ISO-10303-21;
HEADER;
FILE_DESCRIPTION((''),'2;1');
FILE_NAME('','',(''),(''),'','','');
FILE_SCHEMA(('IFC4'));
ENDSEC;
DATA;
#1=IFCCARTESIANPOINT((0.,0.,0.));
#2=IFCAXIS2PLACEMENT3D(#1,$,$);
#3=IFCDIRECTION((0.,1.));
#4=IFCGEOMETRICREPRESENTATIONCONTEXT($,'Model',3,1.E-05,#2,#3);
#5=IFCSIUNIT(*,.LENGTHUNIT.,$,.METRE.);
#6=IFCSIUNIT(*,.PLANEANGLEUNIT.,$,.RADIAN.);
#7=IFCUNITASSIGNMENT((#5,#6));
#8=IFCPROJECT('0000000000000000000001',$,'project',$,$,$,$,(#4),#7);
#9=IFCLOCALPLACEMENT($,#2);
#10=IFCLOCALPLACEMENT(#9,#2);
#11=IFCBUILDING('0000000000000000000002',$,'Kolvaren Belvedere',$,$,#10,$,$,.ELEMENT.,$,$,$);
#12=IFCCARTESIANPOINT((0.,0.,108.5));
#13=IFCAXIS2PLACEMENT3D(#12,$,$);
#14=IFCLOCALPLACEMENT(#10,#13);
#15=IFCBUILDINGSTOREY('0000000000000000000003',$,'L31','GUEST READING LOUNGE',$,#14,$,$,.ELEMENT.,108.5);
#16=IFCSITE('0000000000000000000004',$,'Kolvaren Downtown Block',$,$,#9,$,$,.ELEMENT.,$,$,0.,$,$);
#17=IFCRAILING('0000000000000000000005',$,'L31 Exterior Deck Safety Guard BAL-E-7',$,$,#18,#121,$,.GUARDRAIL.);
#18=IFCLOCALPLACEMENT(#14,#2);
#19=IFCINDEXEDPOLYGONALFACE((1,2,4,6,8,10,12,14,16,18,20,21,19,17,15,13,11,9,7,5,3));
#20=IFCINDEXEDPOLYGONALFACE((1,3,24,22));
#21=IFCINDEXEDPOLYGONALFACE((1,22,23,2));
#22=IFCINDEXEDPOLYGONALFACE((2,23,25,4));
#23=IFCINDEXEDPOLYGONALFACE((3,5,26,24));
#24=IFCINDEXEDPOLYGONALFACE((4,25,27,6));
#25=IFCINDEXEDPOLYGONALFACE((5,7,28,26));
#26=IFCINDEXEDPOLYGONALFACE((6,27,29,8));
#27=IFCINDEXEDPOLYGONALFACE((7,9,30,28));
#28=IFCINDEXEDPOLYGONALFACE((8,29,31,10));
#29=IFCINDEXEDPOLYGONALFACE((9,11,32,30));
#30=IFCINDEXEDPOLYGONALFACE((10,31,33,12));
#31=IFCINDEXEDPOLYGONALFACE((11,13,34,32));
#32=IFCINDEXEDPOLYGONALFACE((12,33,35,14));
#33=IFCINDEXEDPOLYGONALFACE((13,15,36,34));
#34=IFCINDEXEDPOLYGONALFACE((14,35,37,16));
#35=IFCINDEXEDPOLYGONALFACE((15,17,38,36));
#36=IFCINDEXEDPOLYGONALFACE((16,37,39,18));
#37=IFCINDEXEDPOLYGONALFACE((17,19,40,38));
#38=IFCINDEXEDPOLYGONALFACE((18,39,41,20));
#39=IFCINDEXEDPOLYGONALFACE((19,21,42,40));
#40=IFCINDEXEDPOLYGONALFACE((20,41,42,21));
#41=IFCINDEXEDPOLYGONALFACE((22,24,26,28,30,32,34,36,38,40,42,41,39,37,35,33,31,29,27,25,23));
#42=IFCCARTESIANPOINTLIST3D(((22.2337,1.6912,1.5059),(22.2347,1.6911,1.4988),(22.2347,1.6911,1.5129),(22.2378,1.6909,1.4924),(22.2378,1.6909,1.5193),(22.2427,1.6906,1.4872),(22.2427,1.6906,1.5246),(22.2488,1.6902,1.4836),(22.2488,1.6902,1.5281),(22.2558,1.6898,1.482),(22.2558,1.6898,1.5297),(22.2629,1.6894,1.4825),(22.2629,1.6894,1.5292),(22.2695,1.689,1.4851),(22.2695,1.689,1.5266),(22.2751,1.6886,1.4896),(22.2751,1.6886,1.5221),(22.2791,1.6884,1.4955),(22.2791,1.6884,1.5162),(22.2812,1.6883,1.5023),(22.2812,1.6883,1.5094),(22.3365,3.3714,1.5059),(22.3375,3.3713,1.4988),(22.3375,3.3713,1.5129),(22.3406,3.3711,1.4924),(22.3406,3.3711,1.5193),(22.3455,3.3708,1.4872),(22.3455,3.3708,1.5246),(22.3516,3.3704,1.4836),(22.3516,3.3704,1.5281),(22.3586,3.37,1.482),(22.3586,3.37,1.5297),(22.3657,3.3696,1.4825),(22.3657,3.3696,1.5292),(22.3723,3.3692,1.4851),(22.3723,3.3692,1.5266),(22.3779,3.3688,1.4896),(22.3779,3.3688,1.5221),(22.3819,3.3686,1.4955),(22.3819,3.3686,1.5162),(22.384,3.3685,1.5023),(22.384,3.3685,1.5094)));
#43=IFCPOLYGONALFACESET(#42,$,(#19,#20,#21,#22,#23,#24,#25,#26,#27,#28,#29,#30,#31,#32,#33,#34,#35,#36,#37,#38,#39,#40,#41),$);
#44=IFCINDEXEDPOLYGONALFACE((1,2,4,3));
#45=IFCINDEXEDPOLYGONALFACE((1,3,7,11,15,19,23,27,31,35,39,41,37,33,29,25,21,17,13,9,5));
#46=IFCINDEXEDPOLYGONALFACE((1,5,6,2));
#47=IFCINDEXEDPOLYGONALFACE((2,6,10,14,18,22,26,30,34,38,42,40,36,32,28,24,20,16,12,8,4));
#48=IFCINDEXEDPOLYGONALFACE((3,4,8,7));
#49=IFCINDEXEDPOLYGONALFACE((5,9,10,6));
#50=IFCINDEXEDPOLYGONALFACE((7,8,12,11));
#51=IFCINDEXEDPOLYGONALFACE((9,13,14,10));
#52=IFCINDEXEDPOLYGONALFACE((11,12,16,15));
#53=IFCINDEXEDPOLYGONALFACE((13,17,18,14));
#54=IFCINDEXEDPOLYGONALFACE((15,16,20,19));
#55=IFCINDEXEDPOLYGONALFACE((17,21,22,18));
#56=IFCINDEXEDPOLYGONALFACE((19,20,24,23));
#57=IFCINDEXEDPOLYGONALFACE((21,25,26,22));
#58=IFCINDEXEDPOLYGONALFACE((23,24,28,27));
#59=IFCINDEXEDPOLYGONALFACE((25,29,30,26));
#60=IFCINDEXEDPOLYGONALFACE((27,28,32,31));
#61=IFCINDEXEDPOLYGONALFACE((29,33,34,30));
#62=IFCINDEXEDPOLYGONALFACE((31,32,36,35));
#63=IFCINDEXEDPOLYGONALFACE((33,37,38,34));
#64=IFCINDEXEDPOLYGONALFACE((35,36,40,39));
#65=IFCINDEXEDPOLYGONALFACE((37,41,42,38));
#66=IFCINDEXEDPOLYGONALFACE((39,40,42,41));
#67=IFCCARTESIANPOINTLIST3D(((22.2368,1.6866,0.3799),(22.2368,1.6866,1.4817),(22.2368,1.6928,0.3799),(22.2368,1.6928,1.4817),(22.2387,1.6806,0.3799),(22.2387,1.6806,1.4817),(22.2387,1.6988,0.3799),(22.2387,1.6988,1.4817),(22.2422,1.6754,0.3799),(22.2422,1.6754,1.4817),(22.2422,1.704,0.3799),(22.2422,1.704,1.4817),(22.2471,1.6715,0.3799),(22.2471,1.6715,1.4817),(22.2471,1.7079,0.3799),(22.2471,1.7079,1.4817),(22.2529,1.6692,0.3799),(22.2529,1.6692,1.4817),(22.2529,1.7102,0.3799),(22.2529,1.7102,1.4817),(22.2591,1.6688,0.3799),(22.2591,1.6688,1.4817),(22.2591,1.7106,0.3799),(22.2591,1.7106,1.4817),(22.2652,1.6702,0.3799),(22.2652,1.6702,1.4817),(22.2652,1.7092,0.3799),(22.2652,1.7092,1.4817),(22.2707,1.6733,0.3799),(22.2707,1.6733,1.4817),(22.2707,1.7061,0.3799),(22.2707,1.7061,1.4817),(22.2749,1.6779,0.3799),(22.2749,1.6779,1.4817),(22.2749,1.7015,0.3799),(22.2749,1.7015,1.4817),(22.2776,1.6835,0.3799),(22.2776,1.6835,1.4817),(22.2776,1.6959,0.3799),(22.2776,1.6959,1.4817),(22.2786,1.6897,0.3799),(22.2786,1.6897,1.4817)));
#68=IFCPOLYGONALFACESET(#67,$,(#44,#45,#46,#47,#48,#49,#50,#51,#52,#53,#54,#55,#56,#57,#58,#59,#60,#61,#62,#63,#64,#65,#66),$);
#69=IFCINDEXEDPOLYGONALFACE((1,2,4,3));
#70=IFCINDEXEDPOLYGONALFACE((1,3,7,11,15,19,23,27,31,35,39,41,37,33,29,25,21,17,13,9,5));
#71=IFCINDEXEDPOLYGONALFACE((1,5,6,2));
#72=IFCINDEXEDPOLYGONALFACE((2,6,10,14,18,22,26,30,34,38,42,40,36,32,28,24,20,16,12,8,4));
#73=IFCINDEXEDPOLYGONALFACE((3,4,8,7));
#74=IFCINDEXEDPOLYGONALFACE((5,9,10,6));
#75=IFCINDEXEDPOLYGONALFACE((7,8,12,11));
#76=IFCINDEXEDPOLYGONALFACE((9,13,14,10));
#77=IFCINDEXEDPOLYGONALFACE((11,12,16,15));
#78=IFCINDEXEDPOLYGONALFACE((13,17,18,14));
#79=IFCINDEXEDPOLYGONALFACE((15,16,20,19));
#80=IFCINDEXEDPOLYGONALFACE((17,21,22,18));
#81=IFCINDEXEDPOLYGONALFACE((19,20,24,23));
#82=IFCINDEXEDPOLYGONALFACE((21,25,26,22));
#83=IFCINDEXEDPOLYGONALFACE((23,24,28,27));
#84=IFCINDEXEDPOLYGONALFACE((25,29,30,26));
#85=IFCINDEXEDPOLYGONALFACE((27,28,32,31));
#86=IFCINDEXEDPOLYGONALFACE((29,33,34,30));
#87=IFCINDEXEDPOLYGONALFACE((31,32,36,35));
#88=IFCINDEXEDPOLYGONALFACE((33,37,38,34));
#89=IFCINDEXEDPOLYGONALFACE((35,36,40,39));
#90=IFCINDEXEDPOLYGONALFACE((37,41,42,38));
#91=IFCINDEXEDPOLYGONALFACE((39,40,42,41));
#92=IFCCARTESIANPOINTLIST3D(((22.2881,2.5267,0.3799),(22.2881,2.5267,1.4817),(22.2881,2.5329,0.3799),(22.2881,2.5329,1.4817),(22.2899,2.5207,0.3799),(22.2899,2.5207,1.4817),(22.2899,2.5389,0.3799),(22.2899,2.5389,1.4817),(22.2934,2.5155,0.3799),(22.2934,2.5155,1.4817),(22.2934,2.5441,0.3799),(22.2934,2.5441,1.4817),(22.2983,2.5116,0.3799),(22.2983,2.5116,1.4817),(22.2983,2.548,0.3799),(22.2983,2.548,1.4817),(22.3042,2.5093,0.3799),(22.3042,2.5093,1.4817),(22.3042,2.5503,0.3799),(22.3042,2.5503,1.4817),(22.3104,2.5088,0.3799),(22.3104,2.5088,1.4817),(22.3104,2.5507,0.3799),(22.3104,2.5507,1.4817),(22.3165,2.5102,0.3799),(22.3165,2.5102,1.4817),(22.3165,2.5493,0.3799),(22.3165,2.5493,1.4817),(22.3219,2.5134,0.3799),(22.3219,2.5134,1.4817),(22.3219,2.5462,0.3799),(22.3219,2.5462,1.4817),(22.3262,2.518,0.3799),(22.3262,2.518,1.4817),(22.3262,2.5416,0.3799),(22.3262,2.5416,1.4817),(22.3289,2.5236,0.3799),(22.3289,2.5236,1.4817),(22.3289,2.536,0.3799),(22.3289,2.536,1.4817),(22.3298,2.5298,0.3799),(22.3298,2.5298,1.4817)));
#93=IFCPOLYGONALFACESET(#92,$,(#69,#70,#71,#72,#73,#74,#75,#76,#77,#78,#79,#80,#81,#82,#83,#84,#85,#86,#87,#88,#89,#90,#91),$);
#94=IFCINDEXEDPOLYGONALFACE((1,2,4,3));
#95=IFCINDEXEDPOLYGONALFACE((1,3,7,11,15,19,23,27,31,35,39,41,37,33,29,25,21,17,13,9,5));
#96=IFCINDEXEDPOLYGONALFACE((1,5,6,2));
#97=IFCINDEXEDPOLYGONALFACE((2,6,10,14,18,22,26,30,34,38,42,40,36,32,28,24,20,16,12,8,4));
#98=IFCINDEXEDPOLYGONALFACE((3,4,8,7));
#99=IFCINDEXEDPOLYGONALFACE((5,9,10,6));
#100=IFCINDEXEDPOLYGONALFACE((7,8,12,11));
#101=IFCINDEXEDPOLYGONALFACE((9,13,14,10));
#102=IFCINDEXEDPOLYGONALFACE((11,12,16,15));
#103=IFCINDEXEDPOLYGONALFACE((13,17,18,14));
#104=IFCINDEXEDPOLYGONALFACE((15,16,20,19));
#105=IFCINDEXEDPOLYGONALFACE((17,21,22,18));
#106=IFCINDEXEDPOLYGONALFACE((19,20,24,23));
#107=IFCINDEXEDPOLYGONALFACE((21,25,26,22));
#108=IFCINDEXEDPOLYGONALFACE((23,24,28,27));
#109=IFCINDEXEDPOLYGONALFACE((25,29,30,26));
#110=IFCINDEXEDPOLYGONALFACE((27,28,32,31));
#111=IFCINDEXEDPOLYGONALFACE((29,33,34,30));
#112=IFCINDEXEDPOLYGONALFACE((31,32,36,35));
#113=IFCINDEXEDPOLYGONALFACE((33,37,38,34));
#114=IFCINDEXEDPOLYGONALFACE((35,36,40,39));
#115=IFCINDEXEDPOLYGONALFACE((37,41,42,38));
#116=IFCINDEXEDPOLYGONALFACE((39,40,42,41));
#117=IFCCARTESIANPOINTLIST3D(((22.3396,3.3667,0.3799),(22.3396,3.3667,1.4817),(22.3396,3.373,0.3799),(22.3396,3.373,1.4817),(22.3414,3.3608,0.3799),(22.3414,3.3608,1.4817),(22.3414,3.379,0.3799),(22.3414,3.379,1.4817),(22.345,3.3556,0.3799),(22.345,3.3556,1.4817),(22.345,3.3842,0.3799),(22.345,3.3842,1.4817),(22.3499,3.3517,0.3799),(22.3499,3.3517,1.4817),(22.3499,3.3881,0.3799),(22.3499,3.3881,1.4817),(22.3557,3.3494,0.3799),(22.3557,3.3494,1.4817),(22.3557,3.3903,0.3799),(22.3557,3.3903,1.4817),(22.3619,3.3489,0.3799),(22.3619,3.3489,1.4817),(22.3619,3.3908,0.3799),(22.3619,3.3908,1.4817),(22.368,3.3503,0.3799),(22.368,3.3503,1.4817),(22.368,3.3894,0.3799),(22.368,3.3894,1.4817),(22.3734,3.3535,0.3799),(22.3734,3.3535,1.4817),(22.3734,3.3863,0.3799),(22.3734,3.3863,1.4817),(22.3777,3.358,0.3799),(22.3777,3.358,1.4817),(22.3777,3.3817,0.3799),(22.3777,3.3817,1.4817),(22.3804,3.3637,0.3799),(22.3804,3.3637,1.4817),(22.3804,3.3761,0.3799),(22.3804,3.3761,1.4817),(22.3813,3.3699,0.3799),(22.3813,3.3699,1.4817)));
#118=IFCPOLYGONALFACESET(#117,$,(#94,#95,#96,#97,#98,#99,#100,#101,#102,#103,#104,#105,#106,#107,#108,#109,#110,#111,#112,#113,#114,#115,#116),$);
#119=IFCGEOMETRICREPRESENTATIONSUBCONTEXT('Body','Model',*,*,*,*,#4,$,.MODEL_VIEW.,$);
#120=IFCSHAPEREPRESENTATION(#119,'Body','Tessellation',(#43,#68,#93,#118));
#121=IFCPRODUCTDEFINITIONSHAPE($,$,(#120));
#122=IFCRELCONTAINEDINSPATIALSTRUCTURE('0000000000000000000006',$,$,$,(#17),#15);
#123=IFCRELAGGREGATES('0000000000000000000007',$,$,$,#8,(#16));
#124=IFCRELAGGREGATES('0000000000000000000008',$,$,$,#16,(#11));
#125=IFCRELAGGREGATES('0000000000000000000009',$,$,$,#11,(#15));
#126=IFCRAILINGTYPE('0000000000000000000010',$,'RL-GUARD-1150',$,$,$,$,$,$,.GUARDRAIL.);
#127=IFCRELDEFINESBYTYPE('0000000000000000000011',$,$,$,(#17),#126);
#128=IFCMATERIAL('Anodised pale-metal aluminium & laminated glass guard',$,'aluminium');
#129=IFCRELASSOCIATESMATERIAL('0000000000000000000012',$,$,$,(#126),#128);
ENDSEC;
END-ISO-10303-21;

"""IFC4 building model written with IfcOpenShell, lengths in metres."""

from ifc_helpers import new_model, si_unit, direction, frame, origin, origin_2d, place, context, subcontext, project, spatial, circle, extrude, material, type_object, element, save


model = new_model("IFC4")

# Units and contexts
model_context = context("Model", 3, precision=1e-05, world=origin(), true_north=direction((0.0, 1.0)))
body_context = subcontext(model_context, "Body", "Model", "MODEL_VIEW")
ifc_project = project(units=[si_unit("LENGTHUNIT", "METRE"), si_unit("PLANEANGLEUNIT", "RADIAN")], contexts=[model_context])

# Site, building, storey
site_placement = place(None, origin())
site = spatial("IfcSite", under=ifc_project, at=site_placement, Name="Kolvaren Downtown Block", CompositionType="ELEMENT", RefElevation=0.0)
building_placement = place(site_placement, origin())
building = spatial("IfcBuilding", under=site, at=building_placement, Name="Kolvaren Belvedere", CompositionType="ELEMENT")
storey_placement = place(building_placement, frame((0.0, 0.0, 108.5)))
storey = spatial("IfcBuildingStorey", under=building, at=storey_placement, Name="L31", Description="GUEST READING LOUNGE", CompositionType="ELEMENT", Elevation=108.5)

# Railing
ifc_material_1 = material(Name="Anodised pale-metal aluminium & laminated glass guard", Category="aluminium")
railing_type = type_object("IfcRailingType", Name="RL-GUARD-1150", PredefinedType="GUARDRAIL", material=ifc_material_1)
railing_1_placement = place(storey_placement, frame((22.2576, 1.6897, 0.3799)))
element("IfcRailing", 1, at=railing_1_placement, inside=storey, type_object=railing_type, Name="L31 Exterior Deck Safety Guard BAL-E-7", PredefinedType="GUARDRAIL", context=body_context, shape_type="SweptSolid", body=[
    extrude(circle(Radius=0.0239, at=origin_2d()), frame((0.0, 0.0, 1.126), z_axis=(0.06106, 0.998134, 0.0), x_axis=(-0.998134, 0.06106, 0.0)), (0.0, 0.0, 1.0), 1.6833),
    extrude(circle(Radius=0.021, at=origin_2d()), origin(), (0.0, 0.0, 1.0), 1.1018),
    extrude(circle(Radius=0.021, at=origin_2d()), frame((0.0513, 0.8401, 0.0)), (0.0, 0.0, 1.0), 1.1018),
    extrude(circle(Radius=0.021, at=origin_2d()), frame((0.1028, 1.6802, 0.0)), (0.0, 0.0, 1.0), 1.1018),
])

save(model, "model.ifc")
